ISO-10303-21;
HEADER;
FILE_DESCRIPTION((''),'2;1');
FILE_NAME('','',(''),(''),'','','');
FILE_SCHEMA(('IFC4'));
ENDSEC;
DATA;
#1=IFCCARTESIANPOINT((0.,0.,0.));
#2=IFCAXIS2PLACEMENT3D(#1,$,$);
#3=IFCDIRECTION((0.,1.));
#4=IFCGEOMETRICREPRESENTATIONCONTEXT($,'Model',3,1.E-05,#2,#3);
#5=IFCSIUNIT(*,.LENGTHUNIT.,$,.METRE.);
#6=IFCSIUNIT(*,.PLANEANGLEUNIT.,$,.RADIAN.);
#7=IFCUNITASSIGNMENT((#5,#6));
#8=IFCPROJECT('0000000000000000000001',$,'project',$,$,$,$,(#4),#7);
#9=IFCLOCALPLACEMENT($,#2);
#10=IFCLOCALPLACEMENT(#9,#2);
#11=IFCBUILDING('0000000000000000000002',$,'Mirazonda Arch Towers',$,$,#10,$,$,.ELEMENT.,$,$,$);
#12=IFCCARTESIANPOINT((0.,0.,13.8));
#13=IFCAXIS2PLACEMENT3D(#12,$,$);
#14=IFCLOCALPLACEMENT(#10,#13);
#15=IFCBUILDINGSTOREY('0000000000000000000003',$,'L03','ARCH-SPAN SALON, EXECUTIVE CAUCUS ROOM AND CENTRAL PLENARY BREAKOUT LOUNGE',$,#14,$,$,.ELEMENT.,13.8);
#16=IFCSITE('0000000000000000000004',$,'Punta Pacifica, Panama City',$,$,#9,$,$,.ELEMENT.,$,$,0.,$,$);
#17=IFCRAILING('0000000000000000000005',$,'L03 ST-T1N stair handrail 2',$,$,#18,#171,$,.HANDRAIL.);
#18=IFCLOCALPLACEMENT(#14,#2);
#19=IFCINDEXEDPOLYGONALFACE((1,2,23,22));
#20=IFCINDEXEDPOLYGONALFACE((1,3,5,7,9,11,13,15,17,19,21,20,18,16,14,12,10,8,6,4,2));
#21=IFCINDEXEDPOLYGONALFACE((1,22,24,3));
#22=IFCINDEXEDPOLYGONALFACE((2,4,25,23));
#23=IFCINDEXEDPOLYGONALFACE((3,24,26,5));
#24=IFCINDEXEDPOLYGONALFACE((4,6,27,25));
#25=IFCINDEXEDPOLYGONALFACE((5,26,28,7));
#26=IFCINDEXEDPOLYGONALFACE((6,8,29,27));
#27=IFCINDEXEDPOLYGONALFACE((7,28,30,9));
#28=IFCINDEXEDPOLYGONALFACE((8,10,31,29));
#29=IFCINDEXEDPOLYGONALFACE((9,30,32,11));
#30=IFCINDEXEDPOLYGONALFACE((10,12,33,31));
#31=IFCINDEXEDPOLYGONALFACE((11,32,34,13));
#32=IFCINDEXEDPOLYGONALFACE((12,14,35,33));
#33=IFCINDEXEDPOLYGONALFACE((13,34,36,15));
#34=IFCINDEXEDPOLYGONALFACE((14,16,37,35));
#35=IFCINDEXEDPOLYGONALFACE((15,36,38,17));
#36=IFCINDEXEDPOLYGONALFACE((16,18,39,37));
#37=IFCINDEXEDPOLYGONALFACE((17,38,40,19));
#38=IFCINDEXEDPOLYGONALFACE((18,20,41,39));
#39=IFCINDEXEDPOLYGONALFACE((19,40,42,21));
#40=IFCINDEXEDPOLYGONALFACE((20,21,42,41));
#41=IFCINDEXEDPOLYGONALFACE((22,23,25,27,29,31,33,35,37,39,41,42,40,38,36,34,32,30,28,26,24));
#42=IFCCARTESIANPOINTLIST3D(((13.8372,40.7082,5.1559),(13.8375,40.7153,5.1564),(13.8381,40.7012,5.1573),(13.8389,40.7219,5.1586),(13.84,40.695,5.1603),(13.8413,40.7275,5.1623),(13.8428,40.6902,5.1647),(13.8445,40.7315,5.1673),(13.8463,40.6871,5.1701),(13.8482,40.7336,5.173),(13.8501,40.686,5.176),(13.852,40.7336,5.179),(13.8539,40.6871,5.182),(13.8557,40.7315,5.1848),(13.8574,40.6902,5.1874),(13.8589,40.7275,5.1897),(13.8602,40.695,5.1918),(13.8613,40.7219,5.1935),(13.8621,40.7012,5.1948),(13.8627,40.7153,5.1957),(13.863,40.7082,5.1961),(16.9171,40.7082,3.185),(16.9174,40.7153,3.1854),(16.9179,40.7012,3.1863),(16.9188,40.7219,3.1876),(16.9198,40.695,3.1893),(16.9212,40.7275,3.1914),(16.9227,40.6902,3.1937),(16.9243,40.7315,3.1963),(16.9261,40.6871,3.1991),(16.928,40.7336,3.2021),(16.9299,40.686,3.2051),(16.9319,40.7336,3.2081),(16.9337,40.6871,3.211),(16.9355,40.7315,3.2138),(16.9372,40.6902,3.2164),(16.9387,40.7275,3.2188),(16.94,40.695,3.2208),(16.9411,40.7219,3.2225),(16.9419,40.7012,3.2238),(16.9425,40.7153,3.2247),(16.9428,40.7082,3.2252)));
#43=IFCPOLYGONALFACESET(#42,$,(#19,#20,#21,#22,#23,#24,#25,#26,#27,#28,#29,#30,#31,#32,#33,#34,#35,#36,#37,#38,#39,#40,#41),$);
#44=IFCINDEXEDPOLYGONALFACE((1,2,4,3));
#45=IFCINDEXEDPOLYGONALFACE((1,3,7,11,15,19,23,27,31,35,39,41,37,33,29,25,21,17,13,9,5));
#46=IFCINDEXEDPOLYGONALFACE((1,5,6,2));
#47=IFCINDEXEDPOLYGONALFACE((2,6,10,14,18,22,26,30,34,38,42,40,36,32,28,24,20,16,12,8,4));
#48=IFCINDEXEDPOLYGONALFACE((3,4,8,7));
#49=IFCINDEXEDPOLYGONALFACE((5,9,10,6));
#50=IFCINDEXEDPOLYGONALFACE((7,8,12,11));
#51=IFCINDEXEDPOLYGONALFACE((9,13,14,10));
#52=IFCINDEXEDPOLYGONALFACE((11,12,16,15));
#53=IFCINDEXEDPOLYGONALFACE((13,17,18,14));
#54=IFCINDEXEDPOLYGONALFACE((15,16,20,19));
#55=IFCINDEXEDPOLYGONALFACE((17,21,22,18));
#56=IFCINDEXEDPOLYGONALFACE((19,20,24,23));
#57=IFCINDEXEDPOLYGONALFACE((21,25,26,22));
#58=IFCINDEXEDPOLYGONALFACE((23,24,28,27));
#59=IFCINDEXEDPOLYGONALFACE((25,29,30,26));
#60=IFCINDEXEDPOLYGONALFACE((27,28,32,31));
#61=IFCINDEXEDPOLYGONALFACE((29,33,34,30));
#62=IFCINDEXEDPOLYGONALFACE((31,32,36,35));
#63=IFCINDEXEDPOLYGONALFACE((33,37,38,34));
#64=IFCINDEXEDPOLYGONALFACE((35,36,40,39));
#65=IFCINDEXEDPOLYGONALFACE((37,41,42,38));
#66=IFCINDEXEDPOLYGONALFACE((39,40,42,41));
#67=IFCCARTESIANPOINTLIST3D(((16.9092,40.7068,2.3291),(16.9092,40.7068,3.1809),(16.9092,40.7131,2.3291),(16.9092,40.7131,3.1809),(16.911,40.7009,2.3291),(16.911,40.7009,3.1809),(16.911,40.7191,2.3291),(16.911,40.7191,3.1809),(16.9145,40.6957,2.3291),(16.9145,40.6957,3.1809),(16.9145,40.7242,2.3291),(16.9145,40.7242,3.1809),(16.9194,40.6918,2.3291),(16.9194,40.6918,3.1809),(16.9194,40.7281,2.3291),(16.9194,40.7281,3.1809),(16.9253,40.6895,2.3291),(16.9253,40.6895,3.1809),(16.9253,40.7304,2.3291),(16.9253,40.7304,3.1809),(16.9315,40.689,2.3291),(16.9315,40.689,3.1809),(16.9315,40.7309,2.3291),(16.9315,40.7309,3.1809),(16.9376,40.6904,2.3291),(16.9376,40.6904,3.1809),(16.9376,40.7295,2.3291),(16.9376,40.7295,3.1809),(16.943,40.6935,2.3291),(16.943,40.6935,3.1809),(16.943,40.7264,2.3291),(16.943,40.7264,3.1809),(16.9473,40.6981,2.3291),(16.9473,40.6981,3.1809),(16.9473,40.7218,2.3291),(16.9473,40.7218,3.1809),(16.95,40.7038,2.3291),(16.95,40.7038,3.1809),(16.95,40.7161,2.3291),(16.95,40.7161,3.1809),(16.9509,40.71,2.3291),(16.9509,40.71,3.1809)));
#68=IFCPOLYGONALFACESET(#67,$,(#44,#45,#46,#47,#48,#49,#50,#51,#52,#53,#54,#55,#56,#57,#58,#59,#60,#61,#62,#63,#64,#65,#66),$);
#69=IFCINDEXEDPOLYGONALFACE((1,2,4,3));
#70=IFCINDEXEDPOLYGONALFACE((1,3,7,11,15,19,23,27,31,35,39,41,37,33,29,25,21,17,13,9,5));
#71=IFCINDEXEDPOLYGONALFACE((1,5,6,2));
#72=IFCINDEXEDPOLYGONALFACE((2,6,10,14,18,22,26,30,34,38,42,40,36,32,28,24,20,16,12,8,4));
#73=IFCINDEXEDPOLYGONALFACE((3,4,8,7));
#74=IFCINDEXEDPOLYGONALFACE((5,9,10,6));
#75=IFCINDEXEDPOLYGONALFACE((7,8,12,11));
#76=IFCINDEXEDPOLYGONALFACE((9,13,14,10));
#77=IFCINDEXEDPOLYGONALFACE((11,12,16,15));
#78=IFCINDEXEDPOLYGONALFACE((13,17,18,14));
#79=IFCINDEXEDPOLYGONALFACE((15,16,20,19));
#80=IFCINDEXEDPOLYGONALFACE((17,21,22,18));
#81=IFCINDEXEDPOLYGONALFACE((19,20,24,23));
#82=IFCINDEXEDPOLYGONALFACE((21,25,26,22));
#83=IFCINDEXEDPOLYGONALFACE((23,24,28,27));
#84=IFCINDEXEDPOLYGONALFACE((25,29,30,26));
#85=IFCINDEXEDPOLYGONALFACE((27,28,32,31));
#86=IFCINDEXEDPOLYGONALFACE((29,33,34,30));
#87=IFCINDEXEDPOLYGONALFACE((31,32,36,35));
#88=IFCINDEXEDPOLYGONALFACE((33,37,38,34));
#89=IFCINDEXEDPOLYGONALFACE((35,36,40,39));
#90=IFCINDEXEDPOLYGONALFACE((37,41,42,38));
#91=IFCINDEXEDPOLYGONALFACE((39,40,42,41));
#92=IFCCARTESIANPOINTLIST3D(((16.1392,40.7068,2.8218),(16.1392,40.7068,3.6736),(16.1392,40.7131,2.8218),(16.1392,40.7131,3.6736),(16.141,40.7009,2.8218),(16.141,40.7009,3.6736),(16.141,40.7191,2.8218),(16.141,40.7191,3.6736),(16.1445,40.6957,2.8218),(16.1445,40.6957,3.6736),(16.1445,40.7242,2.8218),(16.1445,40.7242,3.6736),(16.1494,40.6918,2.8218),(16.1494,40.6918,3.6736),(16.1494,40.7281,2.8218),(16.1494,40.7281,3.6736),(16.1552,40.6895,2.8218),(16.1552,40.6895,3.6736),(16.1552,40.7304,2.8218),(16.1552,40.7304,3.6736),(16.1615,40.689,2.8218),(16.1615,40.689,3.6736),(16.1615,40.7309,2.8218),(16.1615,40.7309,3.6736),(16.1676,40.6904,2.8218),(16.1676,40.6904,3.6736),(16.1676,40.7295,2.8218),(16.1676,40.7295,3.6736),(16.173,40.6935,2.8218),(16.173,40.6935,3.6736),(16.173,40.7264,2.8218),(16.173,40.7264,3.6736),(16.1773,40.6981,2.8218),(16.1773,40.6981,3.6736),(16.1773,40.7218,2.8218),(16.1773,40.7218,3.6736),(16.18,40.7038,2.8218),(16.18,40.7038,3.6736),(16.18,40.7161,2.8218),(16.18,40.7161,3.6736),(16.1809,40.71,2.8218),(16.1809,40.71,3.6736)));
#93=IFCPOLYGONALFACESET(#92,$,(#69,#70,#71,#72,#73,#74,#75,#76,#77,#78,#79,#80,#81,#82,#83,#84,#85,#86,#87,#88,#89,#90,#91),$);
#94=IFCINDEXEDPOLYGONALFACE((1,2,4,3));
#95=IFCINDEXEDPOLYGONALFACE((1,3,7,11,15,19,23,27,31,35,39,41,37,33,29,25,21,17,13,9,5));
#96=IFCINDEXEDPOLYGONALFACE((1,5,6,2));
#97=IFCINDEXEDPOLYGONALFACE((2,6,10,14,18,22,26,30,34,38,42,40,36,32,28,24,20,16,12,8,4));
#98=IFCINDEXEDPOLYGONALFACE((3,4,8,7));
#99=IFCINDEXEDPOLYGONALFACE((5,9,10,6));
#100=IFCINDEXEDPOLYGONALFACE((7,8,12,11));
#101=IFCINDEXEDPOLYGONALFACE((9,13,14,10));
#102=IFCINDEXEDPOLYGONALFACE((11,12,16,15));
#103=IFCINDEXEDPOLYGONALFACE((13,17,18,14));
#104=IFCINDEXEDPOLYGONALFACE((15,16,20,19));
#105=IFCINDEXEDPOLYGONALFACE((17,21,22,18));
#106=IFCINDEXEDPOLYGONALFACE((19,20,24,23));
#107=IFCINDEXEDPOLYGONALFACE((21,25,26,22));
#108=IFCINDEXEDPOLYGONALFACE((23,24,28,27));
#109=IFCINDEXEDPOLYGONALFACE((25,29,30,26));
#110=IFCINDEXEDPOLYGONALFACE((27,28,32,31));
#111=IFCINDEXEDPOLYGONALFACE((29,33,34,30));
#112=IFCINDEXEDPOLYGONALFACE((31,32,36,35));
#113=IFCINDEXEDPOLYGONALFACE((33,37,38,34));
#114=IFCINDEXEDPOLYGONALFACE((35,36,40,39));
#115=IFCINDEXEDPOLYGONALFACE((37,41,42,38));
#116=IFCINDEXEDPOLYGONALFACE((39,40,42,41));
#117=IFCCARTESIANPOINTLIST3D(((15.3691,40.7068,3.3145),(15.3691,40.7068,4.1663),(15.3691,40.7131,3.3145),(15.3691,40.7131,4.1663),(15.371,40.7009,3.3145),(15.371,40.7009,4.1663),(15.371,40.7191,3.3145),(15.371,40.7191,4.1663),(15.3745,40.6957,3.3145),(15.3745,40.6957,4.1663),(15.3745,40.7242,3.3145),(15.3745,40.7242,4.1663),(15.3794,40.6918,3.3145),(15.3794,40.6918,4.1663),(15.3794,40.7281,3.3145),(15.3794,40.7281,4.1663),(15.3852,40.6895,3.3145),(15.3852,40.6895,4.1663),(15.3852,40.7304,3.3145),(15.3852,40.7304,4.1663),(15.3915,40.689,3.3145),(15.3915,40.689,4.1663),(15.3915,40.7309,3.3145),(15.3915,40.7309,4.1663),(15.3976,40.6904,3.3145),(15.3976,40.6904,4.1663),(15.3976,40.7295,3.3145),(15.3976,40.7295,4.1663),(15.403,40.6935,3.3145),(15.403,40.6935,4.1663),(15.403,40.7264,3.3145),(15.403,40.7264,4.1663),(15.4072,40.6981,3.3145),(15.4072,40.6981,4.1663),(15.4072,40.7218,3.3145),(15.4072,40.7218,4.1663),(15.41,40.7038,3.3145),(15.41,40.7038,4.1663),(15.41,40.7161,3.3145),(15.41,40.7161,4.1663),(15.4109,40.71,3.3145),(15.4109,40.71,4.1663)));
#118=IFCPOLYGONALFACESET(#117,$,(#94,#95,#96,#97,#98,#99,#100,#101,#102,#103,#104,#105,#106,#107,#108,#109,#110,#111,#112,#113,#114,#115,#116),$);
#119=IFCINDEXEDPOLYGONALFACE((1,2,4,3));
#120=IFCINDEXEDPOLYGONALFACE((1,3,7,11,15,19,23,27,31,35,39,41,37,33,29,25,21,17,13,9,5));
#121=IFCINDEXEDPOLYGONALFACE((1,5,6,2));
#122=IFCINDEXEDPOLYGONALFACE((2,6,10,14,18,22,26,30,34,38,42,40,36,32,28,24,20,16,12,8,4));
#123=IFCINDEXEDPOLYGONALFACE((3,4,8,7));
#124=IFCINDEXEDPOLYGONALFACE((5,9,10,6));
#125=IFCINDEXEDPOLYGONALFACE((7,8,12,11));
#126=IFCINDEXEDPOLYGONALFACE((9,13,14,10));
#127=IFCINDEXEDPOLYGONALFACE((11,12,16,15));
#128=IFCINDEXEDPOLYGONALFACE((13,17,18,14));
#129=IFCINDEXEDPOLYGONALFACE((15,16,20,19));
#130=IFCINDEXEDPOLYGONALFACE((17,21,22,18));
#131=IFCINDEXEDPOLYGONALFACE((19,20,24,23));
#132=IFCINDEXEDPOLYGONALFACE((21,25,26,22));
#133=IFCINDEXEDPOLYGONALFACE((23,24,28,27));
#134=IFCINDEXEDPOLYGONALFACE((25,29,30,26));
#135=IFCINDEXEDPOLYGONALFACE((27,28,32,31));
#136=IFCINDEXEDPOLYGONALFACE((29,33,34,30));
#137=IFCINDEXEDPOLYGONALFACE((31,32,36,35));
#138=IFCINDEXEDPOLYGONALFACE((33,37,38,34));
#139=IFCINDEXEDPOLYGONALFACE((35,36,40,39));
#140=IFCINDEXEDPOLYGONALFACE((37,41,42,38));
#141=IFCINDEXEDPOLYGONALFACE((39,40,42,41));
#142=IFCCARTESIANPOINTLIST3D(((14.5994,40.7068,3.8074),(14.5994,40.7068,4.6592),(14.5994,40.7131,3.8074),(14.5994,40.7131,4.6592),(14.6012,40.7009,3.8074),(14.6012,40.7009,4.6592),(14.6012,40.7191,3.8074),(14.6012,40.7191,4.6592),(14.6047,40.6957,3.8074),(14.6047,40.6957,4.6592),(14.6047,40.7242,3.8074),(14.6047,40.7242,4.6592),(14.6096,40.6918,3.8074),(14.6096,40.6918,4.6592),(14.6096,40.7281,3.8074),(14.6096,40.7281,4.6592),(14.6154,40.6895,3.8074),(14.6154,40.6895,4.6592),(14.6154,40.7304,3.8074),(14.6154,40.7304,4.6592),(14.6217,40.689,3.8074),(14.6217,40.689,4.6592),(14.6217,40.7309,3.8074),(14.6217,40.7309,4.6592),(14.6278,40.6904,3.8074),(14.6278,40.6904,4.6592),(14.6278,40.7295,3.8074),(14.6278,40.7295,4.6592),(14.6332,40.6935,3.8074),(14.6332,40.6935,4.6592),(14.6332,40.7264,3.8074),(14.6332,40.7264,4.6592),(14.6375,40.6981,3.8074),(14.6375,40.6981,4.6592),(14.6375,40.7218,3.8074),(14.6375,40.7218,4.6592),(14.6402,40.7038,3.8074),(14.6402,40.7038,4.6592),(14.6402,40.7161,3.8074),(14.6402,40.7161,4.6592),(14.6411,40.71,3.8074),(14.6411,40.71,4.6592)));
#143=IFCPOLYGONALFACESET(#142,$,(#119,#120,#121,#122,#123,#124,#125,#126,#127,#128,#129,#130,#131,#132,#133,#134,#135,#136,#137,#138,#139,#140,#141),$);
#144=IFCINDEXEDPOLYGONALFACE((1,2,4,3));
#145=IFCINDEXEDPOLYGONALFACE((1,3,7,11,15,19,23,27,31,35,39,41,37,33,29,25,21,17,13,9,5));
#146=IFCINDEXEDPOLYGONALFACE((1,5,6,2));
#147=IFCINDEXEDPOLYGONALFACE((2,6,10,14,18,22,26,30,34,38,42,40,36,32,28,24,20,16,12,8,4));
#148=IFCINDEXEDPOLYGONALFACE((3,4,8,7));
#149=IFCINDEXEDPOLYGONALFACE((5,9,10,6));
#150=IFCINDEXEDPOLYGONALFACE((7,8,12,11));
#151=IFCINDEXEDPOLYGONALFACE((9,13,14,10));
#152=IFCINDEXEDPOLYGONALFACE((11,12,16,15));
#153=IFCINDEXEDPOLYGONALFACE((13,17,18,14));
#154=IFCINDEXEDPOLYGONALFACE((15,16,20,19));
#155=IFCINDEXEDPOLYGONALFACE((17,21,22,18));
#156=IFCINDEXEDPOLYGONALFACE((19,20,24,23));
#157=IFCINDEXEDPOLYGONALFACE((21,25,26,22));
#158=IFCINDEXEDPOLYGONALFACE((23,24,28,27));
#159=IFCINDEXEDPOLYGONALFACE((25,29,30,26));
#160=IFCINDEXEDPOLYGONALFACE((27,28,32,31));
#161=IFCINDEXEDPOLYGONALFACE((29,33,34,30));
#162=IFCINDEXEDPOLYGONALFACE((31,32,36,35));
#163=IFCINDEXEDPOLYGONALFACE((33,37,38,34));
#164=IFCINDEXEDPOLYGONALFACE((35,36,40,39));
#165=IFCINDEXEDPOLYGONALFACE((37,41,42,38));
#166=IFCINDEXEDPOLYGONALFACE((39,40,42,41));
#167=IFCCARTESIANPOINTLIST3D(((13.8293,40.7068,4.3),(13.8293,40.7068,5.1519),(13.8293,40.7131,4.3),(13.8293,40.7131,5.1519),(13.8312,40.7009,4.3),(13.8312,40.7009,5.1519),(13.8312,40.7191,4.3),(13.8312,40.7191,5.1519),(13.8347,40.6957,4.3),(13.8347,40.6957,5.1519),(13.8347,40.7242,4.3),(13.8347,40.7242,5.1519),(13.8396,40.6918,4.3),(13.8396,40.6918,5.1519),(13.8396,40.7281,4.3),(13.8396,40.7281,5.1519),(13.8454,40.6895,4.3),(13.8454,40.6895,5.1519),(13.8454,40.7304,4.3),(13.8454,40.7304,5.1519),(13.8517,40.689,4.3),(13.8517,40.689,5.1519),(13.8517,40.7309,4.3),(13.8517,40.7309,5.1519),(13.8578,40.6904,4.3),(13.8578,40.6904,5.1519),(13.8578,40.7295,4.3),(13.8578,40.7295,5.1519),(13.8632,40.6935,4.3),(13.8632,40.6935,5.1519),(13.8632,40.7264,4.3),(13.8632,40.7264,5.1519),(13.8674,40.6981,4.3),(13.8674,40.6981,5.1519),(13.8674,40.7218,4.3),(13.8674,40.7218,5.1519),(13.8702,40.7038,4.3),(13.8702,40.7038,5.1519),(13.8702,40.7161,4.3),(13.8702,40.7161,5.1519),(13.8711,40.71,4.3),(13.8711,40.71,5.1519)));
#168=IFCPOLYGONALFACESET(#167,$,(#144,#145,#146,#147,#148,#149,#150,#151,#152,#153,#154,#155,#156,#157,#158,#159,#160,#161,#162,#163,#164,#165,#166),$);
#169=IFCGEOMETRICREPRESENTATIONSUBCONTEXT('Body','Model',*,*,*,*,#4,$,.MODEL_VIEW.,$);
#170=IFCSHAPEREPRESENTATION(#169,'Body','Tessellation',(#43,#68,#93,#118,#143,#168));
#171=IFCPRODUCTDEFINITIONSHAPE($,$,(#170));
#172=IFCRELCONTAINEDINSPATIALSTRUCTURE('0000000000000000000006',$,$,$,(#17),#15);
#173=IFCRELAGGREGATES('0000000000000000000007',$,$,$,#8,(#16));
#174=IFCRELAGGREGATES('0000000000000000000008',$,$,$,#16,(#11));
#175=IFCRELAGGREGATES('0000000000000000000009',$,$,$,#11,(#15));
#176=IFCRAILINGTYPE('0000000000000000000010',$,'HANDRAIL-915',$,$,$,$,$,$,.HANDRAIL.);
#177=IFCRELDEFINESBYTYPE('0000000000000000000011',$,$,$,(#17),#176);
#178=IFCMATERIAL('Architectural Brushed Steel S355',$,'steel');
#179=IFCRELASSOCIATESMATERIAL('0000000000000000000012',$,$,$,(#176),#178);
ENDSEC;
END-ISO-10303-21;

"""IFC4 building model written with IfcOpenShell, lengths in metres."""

from ifc_helpers import new_model, si_unit, direction, frame, origin, origin_2d, place, context, subcontext, project, spatial, circle, extrude, material, type_object, element, save


model = new_model("IFC4")

# Units and contexts
model_context = context("Model", 3, precision=1e-05, world=origin(), true_north=direction((0.0, 1.0)))
body_context = subcontext(model_context, "Body", "Model", "MODEL_VIEW")
ifc_project = project(units=[si_unit("LENGTHUNIT", "METRE"), si_unit("PLANEANGLEUNIT", "RADIAN")], contexts=[model_context])

# Site, building, storey
site_placement = place(None, origin())
site = spatial("IfcSite", under=ifc_project, at=site_placement, Name="Punta Pacifica, Panama City", CompositionType="ELEMENT", RefElevation=0.0)
building_placement = place(site_placement, origin())
building = spatial("IfcBuilding", under=site, at=building_placement, Name="Mirazonda Arch Towers", CompositionType="ELEMENT")
storey_placement = place(building_placement, frame((0.0, 0.0, 13.8)))
storey = spatial("IfcBuildingStorey", under=building, at=storey_placement, Name="L03", Description="ARCH-SPAN SALON, EXECUTIVE CAUCUS ROOM AND CENTRAL PLENARY BREAKOUT LOUNGE", CompositionType="ELEMENT", Elevation=13.8)

# Railing
ifc_material_1 = material(Name="Architectural Brushed Steel S355", Category="steel")
railing_type_1 = type_object("IfcRailingType", Name="HANDRAIL-915", PredefinedType="HANDRAIL", material=ifc_material_1)
railing_1_placement = place(storey_placement, frame((16.9299, 40.71, 2.3291)))
element("IfcRailing", 1, at=railing_1_placement, inside=storey, type_object=railing_type_1, Name="L03 ST-T1N stair handrail 2", PredefinedType="HANDRAIL", context=body_context, shape_type="SweptSolid", body=[
    extrude(circle(Radius=0.0239, at=origin_2d()), frame((0.0, 0.0, 0.876), z_axis=(-0.84229, 0.0, 0.539025), x_axis=(0.0, -1.0, 0.0)), (0.0, 0.0, 1.0), 3.6565),
    extrude(circle(Radius=0.021, at=origin_2d()), origin(), (0.0, 0.0, 1.0), 0.8518),
    extrude(circle(Radius=0.021, at=origin_2d()), frame((-0.77, 0.0, 0.4927)), (0.0, 0.0, 1.0), 0.8518),
    extrude(circle(Radius=0.021, at=origin_2d()), frame((-1.54, 0.0, 0.9854)), (0.0, 0.0, 1.0), 0.8518),
    extrude(circle(Radius=0.021, at=origin_2d()), frame((-2.3098, 0.0, 1.4783)), (0.0, 0.0, 1.0), 0.8518),
    extrude(circle(Radius=0.021, at=origin_2d()), frame((-3.0798, 0.0, 1.9709)), (0.0, 0.0, 1.0), 0.8518),
])

save(model, "model.ifc")
